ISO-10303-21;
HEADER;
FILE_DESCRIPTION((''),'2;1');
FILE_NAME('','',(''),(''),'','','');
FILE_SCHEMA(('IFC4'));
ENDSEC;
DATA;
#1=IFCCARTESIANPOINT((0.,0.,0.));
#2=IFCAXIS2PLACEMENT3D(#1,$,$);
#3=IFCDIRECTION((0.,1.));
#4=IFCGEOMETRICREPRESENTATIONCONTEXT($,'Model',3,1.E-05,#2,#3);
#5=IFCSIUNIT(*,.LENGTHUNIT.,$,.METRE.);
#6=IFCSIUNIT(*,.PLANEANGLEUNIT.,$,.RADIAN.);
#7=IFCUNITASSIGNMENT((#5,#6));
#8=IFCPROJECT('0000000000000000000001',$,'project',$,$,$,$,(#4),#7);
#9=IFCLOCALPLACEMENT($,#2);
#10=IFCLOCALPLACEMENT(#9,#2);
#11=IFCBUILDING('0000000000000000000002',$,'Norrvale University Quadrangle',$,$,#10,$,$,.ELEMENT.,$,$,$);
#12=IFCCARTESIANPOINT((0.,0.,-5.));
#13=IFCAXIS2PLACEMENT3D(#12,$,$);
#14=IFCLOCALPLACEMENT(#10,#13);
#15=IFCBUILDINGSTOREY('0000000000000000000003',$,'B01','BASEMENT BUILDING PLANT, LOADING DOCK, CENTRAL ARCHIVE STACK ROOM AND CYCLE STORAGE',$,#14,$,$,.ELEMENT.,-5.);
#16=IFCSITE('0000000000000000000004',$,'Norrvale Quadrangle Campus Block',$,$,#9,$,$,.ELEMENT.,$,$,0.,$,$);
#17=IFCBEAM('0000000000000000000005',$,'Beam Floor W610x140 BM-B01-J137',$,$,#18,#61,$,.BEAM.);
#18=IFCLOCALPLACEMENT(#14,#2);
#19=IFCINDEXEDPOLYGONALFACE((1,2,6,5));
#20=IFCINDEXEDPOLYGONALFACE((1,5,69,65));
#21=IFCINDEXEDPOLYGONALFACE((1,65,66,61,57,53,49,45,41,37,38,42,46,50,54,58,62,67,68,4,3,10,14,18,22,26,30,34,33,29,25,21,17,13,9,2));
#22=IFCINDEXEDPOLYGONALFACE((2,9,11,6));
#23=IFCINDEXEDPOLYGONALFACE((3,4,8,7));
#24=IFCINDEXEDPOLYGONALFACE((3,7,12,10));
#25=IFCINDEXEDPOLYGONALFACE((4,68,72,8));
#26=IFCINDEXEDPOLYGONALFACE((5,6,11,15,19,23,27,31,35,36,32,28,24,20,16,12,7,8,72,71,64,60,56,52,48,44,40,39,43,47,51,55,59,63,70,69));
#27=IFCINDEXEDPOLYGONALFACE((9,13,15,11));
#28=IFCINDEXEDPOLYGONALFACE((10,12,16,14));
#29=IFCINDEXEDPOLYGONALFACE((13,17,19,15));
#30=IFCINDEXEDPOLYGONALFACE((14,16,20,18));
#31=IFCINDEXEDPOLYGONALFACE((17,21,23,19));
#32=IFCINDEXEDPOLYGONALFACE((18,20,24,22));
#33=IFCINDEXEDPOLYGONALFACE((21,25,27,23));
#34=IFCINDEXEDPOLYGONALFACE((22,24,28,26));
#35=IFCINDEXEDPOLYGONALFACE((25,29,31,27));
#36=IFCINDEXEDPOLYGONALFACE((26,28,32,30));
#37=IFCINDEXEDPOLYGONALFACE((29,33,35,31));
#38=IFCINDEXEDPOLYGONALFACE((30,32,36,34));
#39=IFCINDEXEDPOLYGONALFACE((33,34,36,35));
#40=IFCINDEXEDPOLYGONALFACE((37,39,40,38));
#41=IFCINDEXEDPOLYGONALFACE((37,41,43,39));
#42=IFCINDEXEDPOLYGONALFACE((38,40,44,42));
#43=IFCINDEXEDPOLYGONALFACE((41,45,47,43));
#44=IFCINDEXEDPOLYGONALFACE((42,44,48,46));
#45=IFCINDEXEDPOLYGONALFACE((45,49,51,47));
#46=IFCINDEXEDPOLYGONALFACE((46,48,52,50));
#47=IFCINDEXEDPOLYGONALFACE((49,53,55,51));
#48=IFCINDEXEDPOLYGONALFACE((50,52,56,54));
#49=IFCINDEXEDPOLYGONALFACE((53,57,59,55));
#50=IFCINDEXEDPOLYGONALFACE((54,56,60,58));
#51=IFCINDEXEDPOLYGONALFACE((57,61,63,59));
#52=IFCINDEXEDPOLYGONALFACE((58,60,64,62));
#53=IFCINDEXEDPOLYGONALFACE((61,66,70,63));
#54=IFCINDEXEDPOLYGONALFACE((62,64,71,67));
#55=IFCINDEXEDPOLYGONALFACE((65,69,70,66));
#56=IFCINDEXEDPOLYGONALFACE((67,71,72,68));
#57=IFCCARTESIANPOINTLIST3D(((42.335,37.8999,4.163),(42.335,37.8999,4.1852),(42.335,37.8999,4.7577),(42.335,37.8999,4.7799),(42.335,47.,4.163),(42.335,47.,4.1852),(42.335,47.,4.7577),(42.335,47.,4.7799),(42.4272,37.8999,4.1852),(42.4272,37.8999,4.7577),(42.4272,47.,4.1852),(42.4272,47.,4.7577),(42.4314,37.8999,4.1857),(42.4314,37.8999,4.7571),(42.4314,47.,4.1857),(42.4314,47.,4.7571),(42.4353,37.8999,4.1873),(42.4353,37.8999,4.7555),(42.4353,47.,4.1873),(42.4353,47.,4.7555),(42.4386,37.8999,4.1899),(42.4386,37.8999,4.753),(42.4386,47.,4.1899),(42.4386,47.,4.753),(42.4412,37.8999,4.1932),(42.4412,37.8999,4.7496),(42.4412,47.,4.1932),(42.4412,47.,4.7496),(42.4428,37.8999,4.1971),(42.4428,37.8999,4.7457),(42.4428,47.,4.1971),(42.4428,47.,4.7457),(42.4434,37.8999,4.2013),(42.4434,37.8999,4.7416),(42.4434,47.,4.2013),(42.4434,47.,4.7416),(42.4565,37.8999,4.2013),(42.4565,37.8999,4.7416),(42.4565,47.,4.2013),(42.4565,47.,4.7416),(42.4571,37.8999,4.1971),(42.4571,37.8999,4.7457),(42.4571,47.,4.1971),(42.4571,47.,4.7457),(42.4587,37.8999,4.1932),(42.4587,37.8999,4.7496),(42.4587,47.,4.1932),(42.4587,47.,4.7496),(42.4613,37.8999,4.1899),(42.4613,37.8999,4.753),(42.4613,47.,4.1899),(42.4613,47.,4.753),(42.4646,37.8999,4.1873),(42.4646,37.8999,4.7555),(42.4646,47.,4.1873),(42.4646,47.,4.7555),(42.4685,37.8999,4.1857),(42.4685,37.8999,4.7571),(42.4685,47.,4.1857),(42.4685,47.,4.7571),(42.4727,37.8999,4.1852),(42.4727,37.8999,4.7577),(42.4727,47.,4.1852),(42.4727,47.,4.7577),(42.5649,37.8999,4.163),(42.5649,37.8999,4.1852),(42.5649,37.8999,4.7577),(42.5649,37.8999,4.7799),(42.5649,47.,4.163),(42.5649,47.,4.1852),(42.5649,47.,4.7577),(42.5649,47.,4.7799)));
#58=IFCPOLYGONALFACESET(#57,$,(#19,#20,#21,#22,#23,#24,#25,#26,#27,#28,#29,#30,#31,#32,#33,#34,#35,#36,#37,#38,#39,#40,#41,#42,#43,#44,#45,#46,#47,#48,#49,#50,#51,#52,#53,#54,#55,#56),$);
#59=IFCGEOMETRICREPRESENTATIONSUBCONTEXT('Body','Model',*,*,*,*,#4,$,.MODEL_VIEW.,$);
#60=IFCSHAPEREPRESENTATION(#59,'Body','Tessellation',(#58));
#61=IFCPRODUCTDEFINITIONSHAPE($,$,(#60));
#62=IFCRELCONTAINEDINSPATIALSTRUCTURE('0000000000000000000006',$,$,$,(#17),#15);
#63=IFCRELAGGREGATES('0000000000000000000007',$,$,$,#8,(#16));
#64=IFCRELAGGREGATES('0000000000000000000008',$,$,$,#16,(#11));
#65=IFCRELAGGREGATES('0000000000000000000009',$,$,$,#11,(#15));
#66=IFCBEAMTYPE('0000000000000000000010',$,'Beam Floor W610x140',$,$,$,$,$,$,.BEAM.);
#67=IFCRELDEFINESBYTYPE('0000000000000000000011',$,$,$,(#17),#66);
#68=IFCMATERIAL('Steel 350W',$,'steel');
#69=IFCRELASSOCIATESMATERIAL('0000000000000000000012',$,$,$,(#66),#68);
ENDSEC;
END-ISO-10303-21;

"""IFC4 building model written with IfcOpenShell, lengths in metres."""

from ifc_helpers import new_model, si_unit, direction, frame, origin, origin_2d, place, context, subcontext, project, spatial, i_section, extrude, material, material_profile, profile_set, type_object, element, save


model = new_model("IFC4")

# Units and contexts
model_context = context("Model", 3, precision=1e-05, world=origin(), true_north=direction((0.0, 1.0)))
body_context = subcontext(model_context, "Body", "Model", "MODEL_VIEW")
ifc_project = project(units=[si_unit("LENGTHUNIT", "METRE"), si_unit("PLANEANGLEUNIT", "RADIAN")], contexts=[model_context])

# Site, building, storey
site_placement = place(None, origin())
site = spatial("IfcSite", under=ifc_project, at=site_placement, Name="Norrvale Quadrangle Campus Block", CompositionType="ELEMENT", RefElevation=0.0)
building_placement = place(site_placement, origin())
building = spatial("IfcBuilding", under=site, at=building_placement, Name="Norrvale University Quadrangle", CompositionType="ELEMENT")
storey_placement = place(building_placement, frame((0.0, 0.0, -5.0)))
storey = spatial("IfcBuildingStorey", under=building, at=storey_placement, Name="B01", Description="BASEMENT BUILDING PLANT, LOADING DOCK, CENTRAL ARCHIVE STACK ROOM AND CYCLE STORAGE", CompositionType="ELEMENT", Elevation=-5.0)

# Beam
ifc_material_1 = material(Name="Steel 350W", Category="steel")
ifc_material_profile_1 = material_profile(ifc_material_1, i_section(OverallWidth=0.23, OverallDepth=0.6169, WebThickness=0.0132, FlangeThickness=0.0222, FilletRadius=0.0161, at=origin_2d()), Name="Steel 350W")
ifc_profile_set_1 = profile_set([ifc_material_profile_1], Name="Steel 350W")
beam_type_1 = type_object("IfcBeamType", Name="Beam Floor W610x140", PredefinedType="BEAM", material=ifc_profile_set_1)
beam_1_placement = place(storey_placement, frame((42.45, 37.8999, 4.4714), z_axis=(0.0, 1.0, 0.0), x_axis=(-1.0, 0.0, 0.0)))
element("IfcBeam", 1, at=beam_1_placement, inside=storey, type_object=beam_type_1, Name="Beam Floor W610x140 BM-B01-J137", PredefinedType="BEAM", context=body_context, shape_type="SweptSolid", body=[
    extrude(i_section(OverallWidth=0.23, OverallDepth=0.6169, WebThickness=0.0132, FlangeThickness=0.0222, FilletRadius=0.0161, at=origin_2d()), origin(), (0.0, 0.0, 1.0), 9.1001),
])

save(model, "model.ifc")
